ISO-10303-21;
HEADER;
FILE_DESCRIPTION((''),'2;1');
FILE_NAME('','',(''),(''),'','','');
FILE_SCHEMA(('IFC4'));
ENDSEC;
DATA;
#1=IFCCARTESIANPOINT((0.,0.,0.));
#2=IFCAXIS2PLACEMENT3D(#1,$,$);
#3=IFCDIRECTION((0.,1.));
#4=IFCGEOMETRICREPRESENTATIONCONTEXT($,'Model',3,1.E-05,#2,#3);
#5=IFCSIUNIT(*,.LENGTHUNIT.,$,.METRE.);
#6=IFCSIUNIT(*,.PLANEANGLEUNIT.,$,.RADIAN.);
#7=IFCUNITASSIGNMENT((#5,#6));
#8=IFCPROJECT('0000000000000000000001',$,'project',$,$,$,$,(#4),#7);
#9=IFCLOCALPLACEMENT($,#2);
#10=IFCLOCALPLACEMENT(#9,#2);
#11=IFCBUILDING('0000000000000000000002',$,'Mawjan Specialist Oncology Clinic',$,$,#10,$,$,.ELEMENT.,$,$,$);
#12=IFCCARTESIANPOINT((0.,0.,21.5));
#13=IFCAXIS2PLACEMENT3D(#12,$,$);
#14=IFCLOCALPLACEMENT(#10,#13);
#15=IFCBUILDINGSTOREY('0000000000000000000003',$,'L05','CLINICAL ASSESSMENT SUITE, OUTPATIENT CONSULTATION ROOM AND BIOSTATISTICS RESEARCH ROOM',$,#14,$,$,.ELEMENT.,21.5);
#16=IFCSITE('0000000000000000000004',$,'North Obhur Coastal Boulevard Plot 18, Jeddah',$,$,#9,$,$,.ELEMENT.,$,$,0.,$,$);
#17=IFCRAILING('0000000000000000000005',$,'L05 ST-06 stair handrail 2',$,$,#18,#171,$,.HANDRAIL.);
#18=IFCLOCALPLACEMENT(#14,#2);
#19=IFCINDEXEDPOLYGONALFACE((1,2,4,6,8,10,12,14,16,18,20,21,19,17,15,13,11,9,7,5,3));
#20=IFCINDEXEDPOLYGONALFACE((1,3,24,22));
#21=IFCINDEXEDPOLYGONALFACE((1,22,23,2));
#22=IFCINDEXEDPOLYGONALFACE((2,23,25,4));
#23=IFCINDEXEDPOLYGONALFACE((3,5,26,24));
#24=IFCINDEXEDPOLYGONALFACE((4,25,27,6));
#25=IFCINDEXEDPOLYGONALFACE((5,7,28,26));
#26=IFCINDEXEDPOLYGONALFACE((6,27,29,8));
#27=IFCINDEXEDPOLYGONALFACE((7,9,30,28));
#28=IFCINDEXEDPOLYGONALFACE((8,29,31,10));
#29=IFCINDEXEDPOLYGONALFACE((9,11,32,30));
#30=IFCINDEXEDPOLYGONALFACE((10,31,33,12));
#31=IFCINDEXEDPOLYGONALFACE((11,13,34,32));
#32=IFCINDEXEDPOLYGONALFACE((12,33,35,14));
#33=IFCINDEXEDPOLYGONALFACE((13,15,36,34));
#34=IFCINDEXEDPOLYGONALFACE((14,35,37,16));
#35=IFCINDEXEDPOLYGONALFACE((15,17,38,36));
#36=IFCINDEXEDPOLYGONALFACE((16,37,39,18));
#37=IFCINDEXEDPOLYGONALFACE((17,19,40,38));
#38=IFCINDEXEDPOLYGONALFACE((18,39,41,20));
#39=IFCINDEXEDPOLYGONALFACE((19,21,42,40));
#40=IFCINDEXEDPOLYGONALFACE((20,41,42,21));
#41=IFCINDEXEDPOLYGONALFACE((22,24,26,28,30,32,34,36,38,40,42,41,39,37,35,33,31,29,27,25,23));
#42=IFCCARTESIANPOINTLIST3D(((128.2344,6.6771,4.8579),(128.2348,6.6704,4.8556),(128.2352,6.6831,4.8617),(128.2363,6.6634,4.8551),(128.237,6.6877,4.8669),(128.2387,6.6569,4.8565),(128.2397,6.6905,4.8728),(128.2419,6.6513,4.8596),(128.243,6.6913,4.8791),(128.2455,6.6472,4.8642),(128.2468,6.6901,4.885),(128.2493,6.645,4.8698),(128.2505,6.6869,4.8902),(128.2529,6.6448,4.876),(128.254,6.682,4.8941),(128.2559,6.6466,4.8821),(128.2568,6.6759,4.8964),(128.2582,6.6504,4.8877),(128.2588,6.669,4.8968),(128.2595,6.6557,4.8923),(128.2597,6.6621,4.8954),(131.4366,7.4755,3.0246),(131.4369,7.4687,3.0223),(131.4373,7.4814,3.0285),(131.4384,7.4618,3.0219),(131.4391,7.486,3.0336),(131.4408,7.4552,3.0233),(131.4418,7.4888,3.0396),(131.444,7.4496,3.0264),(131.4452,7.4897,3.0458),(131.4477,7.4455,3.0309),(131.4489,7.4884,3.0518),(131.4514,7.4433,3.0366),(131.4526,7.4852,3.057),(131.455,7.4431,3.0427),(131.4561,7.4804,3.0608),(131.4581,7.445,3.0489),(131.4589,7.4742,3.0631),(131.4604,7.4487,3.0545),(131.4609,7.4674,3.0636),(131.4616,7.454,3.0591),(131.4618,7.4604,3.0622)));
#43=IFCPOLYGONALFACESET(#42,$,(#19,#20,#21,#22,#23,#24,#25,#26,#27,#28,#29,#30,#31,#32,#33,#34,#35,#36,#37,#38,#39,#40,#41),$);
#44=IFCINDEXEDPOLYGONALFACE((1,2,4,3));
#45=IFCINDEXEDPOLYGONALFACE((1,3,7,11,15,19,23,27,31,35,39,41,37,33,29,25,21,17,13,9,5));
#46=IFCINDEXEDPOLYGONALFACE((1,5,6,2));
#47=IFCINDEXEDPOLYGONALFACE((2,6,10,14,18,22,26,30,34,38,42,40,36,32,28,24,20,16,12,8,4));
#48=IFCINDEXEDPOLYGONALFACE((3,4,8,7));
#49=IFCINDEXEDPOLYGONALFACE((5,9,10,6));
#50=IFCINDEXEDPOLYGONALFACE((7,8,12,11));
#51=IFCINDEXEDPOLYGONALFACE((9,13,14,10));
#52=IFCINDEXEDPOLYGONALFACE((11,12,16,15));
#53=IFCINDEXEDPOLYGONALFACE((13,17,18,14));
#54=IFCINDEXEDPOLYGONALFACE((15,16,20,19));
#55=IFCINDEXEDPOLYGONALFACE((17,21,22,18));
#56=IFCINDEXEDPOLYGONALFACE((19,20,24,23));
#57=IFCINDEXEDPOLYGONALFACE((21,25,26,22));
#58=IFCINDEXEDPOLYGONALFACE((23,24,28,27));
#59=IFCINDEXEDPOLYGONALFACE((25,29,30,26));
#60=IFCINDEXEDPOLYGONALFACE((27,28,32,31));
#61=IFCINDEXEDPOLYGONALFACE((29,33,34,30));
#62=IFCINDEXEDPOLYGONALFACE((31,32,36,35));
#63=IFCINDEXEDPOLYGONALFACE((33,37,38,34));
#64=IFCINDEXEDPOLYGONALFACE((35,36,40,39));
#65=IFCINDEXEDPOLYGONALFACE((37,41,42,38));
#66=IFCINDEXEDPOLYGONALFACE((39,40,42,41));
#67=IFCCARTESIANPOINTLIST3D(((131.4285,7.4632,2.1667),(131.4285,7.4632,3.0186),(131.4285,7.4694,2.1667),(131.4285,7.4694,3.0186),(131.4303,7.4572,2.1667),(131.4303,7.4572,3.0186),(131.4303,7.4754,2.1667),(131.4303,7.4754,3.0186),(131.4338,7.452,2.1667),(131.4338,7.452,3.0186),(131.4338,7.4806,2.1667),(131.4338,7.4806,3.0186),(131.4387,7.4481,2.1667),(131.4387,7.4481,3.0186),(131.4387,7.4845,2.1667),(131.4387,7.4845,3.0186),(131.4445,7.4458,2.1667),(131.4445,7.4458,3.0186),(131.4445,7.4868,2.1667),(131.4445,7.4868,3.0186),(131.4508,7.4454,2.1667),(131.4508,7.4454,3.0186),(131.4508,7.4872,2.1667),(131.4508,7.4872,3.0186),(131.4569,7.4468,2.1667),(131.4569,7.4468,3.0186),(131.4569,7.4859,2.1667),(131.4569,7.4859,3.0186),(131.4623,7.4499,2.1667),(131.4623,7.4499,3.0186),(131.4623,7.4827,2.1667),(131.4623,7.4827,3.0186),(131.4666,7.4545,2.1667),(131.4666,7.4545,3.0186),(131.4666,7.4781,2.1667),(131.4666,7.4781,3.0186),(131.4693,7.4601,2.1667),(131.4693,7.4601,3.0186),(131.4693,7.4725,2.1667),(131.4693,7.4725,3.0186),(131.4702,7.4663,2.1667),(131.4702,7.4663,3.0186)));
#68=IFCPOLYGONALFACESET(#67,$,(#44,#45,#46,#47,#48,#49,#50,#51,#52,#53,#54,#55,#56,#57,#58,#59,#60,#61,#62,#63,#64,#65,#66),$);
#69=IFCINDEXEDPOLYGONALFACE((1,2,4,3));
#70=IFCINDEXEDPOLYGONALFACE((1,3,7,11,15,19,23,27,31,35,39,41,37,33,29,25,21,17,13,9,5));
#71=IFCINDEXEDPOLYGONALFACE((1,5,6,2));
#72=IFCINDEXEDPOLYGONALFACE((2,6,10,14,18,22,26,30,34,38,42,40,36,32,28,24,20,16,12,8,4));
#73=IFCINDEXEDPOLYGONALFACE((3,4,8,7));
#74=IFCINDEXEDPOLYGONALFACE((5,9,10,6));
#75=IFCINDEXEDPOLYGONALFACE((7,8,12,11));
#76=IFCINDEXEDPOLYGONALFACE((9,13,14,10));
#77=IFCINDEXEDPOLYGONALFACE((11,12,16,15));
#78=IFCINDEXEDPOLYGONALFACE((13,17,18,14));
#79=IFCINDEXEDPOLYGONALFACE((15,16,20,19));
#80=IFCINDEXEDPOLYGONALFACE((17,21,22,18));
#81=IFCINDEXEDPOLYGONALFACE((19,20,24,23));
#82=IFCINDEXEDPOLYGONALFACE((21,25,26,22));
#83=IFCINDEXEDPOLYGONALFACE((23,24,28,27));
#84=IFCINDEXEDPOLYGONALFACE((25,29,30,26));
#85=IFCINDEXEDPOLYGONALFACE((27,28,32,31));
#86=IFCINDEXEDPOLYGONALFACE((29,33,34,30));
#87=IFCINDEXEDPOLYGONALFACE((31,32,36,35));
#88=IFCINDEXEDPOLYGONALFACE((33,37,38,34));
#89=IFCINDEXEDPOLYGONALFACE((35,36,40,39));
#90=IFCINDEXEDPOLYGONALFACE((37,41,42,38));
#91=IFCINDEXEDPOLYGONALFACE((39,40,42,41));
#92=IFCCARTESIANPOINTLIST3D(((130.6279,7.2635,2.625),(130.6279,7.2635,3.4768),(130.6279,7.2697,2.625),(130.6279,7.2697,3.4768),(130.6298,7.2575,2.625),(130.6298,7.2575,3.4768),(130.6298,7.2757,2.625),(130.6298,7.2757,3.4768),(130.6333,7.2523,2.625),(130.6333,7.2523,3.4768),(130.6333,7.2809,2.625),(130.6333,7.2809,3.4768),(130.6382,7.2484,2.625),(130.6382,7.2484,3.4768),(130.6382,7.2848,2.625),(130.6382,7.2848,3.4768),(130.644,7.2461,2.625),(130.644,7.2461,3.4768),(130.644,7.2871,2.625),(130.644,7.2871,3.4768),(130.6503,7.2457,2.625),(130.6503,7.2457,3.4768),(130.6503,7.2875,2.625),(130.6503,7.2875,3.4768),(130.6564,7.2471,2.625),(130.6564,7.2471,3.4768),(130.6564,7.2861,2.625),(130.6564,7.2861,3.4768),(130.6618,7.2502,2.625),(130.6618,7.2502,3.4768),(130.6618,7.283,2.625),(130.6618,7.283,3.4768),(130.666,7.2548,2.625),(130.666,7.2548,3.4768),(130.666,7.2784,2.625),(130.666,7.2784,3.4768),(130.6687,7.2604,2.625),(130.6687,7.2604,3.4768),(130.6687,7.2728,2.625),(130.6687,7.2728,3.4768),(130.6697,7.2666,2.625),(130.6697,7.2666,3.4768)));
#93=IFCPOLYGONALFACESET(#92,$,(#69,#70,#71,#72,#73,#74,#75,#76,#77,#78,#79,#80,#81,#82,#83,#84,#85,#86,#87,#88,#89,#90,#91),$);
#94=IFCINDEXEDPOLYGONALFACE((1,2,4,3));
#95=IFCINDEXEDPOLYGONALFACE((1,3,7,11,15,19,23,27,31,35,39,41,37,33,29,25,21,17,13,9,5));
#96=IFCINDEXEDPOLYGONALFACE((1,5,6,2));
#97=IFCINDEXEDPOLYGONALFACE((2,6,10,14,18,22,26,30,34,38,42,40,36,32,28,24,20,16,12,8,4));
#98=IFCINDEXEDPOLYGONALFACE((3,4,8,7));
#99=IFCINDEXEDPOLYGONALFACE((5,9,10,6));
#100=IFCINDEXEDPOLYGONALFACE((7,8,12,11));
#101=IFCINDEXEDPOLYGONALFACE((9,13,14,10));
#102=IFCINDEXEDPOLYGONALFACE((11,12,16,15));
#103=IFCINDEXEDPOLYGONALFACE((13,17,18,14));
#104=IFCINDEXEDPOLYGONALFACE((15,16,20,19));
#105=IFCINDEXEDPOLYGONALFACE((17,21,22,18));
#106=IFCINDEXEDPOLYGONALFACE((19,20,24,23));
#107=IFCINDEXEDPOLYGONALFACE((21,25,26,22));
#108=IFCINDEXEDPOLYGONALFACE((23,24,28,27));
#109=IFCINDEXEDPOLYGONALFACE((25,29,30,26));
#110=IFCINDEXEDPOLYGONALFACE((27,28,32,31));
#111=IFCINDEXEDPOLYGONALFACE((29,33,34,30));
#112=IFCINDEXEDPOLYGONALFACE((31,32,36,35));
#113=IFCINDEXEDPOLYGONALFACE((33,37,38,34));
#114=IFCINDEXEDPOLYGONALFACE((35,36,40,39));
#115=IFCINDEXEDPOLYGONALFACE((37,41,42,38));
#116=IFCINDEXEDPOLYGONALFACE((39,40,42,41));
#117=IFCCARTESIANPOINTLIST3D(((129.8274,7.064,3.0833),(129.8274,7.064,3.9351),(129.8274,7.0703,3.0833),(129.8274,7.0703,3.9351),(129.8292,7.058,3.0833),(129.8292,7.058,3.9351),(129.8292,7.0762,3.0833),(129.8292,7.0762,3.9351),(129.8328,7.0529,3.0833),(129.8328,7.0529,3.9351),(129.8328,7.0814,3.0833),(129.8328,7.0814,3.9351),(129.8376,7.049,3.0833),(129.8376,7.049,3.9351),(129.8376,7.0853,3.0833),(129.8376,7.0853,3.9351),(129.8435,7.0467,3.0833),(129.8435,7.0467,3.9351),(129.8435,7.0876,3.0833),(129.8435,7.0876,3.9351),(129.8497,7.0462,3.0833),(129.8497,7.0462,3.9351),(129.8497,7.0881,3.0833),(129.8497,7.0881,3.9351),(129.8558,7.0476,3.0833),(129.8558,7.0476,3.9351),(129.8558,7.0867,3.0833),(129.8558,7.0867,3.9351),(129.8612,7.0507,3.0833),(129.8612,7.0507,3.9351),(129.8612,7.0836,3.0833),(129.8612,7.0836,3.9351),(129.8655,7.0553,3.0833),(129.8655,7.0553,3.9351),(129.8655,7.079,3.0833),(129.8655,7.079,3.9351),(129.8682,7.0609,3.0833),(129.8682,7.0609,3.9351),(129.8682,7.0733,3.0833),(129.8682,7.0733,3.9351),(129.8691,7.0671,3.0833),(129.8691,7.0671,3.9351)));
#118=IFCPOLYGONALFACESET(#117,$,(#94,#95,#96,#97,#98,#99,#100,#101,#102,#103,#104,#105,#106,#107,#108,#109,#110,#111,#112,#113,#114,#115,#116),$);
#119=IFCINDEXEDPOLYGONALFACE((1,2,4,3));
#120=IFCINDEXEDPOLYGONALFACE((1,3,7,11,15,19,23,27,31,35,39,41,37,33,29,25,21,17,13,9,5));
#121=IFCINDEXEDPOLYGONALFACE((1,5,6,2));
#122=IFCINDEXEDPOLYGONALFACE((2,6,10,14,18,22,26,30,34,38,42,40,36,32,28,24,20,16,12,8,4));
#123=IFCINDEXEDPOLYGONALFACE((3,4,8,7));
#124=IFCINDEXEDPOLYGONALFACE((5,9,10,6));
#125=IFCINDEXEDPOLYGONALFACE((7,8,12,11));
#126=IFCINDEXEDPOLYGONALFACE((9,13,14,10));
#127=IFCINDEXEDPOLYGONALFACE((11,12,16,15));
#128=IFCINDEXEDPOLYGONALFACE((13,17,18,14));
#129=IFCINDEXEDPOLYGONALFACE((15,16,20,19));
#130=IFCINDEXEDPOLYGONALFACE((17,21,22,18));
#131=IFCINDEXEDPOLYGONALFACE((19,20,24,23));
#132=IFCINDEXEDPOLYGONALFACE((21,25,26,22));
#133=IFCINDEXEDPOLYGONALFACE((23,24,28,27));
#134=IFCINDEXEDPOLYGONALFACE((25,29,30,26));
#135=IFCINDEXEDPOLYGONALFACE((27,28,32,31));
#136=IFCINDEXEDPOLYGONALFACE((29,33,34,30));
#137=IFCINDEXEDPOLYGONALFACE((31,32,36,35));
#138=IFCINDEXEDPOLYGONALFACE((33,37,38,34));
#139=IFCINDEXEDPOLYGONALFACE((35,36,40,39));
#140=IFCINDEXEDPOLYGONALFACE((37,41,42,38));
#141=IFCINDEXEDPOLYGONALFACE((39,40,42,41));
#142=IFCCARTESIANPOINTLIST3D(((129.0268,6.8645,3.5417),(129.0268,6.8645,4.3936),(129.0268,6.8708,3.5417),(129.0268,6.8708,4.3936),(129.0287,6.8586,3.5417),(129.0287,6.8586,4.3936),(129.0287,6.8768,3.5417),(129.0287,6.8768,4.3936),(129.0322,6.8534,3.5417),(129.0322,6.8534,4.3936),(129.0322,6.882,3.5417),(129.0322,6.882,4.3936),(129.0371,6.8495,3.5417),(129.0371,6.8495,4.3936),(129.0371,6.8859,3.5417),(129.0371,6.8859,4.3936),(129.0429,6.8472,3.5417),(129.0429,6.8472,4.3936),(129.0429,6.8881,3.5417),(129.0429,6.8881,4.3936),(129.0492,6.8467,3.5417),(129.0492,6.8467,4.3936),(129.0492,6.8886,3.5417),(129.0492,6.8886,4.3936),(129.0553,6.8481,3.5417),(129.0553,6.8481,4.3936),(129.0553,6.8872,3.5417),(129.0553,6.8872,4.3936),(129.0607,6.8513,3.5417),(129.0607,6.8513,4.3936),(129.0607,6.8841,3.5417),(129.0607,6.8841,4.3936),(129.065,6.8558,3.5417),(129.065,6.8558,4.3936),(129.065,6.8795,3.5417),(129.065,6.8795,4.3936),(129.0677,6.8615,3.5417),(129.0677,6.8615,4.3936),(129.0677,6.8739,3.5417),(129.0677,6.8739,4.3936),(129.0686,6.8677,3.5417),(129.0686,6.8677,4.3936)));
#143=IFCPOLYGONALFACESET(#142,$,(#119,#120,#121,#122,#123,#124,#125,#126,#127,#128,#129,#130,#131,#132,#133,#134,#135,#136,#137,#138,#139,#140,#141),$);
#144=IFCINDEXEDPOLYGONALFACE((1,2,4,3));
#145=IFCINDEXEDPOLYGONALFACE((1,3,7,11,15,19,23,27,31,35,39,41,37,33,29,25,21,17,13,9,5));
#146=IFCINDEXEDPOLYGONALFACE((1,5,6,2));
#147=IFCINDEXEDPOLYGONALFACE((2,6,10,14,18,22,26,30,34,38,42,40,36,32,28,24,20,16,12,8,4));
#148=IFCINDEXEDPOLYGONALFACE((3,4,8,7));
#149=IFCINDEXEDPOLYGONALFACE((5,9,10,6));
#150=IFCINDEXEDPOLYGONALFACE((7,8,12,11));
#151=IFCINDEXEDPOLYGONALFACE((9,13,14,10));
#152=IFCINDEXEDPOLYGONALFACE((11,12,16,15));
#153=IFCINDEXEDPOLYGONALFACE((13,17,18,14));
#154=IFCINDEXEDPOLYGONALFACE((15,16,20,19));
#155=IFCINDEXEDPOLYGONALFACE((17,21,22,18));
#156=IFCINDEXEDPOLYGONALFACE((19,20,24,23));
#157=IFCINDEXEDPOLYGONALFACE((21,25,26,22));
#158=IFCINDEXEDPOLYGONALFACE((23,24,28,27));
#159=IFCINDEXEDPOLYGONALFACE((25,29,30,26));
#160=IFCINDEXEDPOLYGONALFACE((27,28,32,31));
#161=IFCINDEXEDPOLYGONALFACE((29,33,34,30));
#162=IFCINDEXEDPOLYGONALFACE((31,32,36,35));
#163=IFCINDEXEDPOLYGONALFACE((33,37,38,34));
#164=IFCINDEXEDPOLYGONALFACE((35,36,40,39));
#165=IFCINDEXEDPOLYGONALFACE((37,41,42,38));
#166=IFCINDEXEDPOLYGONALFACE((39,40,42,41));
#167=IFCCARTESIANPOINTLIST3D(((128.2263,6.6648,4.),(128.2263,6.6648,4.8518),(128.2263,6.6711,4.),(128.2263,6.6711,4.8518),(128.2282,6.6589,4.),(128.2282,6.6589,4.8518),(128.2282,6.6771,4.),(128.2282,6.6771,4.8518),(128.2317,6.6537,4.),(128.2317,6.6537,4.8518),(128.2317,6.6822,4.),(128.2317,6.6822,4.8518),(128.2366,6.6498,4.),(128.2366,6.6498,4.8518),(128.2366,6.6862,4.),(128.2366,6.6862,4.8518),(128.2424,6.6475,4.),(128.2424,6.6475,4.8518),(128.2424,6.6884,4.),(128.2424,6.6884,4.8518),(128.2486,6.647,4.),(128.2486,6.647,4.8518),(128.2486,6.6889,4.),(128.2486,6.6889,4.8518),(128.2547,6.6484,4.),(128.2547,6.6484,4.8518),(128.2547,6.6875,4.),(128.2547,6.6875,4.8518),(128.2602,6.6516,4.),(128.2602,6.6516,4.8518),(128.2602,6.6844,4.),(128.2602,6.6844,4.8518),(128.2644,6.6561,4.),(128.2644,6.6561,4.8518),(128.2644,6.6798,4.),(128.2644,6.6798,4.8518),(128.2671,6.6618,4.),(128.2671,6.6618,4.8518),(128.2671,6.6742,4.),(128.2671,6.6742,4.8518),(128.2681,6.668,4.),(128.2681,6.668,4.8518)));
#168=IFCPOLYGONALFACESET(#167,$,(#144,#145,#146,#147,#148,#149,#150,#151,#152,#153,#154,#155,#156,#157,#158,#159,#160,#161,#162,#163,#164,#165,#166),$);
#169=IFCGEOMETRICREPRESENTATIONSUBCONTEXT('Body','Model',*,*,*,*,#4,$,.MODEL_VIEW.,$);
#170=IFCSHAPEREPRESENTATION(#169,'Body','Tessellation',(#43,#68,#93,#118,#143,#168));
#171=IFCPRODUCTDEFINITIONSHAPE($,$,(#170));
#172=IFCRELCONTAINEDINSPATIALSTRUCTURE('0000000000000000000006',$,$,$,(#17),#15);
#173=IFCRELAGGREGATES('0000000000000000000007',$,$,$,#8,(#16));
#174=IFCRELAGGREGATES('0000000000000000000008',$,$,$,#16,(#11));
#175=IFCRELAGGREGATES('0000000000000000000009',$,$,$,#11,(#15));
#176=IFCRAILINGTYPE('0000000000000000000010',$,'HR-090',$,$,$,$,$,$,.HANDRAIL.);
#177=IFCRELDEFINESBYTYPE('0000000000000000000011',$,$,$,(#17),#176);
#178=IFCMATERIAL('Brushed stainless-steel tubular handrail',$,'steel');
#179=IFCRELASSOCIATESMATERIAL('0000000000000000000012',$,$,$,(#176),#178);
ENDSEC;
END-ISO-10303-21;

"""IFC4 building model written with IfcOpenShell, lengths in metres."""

from ifc_helpers import new_model, si_unit, direction, frame, origin, origin_2d, place, context, subcontext, project, spatial, circle, extrude, material, type_object, element, save


model = new_model("IFC4")

# Units and contexts
model_context = context("Model", 3, precision=1e-05, world=origin(), true_north=direction((0.0, 1.0)))
body_context = subcontext(model_context, "Body", "Model", "MODEL_VIEW")
ifc_project = project(units=[si_unit("LENGTHUNIT", "METRE"), si_unit("PLANEANGLEUNIT", "RADIAN")], contexts=[model_context])

# Site, building, storey
site_placement = place(None, origin())
site = spatial("IfcSite", under=ifc_project, at=site_placement, Name="North Obhur Coastal Boulevard Plot 18, Jeddah", CompositionType="ELEMENT", RefElevation=0.0)
building_placement = place(site_placement, origin())
building = spatial("IfcBuilding", under=site, at=building_placement, Name="Mawjan Specialist Oncology Clinic", CompositionType="ELEMENT")
storey_placement = place(building_placement, frame((0.0, 0.0, 21.5)))
storey = spatial("IfcBuildingStorey", under=building, at=storey_placement, Name="L05", Description="CLINICAL ASSESSMENT SUITE, OUTPATIENT CONSULTATION ROOM AND BIOSTATISTICS RESEARCH ROOM", CompositionType="ELEMENT", Elevation=21.5)

# Railing
ifc_material_1 = material(Name="Brushed stainless-steel tubular handrail", Category="steel")
railing_type_1 = type_object("IfcRailingType", Name="HR-090", PredefinedType="HANDRAIL", material=ifc_material_1)
railing_1_placement = place(storey_placement, frame((131.4492, 7.4663, 2.1667)))
element("IfcRailing", 1, at=railing_1_placement, inside=storey, type_object=railing_type_1, Name="L05 ST-06 stair handrail 2", PredefinedType="HANDRAIL", context=body_context, shape_type="SweptSolid", body=[
    extrude(circle(Radius=0.0239, at=origin_2d()), frame((0.0, 0.0, 0.876), z_axis=(-0.848213, -0.211471, 0.485608), x_axis=(0.241909, -0.970299, 0.0)), (0.0, 0.0, 1.0), 3.7751),
    extrude(circle(Radius=0.021, at=origin_2d()), origin(), (0.0, 0.0, 1.0), 0.8518),
    extrude(circle(Radius=0.021, at=origin_2d()), frame((-0.8005, -0.1997, 0.4583)), (0.0, 0.0, 1.0), 0.8518),
    extrude(circle(Radius=0.021, at=origin_2d()), frame((-1.6011, -0.3992, 0.9165)), (0.0, 0.0, 1.0), 0.8518),
    extrude(circle(Radius=0.021, at=origin_2d()), frame((-2.4016, -0.5986, 1.375)), (0.0, 0.0, 1.0), 0.8518),
    extrude(circle(Radius=0.021, at=origin_2d()), frame((-3.2021, -0.7983, 1.8333)), (0.0, 0.0, 1.0), 0.8518),
])

save(model, "model.ifc")
